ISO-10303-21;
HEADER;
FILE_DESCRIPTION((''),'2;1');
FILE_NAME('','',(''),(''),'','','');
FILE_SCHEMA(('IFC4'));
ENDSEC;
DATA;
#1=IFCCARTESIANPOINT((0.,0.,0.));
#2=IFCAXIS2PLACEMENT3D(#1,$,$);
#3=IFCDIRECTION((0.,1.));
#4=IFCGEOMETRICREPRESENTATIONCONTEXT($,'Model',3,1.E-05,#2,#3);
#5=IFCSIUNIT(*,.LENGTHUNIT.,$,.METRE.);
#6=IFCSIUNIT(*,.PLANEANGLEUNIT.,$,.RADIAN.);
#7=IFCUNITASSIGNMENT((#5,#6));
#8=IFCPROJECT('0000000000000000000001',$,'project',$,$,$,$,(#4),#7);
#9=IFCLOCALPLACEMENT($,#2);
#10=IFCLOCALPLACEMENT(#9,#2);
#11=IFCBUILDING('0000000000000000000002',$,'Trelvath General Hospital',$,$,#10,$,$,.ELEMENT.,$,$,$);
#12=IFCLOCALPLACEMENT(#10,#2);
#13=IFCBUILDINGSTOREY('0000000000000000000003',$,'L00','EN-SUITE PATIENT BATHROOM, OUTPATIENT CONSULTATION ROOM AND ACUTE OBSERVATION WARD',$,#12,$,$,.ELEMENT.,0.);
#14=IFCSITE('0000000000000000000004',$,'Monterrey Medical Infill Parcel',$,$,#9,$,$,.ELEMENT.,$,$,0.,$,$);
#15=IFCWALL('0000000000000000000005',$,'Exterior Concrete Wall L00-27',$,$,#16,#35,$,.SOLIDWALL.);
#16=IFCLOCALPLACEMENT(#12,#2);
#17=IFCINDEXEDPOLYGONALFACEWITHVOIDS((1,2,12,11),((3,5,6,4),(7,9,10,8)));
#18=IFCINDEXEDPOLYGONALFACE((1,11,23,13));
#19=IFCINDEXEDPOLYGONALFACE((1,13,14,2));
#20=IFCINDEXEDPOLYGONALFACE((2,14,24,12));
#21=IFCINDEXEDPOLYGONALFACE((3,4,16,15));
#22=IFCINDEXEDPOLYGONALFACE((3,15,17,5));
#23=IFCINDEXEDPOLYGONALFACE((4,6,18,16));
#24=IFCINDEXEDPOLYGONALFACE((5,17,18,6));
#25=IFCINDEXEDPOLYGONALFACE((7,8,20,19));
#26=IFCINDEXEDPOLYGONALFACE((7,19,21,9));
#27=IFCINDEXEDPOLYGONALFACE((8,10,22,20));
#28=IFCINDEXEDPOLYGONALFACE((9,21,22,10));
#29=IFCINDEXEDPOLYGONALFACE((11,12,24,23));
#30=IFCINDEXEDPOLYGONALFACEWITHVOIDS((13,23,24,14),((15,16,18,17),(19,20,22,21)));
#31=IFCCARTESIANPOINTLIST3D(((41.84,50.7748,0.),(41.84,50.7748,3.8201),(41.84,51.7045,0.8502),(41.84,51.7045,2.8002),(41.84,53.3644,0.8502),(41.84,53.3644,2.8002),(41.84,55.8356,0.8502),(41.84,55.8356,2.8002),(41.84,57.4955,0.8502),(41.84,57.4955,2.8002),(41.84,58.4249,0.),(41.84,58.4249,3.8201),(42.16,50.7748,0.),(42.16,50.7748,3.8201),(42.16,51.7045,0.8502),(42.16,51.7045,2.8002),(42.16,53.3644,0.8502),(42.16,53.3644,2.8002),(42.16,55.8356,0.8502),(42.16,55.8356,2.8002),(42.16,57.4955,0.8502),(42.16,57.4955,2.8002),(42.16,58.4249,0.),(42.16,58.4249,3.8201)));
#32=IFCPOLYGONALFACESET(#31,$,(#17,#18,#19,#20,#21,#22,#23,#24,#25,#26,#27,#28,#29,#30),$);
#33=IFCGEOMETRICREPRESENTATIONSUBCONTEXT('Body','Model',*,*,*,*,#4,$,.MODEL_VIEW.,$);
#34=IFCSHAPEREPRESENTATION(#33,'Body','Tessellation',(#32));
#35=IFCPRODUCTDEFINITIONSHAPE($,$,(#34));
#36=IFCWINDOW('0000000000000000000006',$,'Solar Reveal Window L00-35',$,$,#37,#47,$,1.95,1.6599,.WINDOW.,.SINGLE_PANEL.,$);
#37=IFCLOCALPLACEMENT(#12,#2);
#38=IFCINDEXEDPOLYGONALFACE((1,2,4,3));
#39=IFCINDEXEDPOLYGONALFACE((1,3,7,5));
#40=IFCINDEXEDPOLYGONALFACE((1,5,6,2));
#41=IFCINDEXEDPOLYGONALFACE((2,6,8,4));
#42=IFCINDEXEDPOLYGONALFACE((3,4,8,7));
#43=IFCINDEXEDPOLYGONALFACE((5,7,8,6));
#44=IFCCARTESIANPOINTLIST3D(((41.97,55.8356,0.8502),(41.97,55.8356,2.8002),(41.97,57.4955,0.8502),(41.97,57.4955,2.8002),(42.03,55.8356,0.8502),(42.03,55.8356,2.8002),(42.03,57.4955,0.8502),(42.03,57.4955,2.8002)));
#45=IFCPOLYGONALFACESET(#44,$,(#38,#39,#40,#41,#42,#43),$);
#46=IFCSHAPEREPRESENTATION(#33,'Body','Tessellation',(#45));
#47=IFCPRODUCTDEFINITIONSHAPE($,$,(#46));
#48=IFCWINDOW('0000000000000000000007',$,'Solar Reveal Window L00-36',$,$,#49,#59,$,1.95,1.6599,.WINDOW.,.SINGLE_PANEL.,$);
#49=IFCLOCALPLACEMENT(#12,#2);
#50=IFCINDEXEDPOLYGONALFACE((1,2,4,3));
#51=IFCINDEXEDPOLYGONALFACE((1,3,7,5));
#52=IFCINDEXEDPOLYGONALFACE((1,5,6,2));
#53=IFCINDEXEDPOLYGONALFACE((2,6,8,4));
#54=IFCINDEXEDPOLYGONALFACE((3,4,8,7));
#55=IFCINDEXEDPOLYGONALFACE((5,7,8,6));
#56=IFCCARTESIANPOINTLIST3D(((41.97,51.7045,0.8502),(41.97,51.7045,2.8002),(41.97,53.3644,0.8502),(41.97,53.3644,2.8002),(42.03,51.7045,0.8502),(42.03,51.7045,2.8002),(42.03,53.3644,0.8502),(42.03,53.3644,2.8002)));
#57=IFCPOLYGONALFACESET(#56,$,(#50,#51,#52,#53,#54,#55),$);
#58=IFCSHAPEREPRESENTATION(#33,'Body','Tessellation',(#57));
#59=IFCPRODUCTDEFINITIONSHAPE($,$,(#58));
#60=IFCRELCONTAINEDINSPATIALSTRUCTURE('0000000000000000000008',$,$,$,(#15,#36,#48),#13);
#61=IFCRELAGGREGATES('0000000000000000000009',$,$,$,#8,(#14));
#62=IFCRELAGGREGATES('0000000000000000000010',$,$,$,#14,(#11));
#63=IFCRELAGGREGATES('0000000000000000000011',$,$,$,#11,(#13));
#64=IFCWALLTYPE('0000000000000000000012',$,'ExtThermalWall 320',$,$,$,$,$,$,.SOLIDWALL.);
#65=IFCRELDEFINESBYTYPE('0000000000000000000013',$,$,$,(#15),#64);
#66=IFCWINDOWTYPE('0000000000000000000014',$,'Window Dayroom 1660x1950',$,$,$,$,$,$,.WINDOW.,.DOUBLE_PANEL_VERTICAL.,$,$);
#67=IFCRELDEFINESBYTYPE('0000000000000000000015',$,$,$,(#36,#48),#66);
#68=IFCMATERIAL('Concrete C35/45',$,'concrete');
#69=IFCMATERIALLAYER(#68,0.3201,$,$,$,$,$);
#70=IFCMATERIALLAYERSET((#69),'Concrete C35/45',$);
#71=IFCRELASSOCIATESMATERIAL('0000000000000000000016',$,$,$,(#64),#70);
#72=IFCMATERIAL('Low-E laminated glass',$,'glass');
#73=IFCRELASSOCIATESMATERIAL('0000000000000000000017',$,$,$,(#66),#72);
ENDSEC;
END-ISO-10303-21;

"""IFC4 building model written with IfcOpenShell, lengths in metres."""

from ifc_helpers import new_model, si_unit, direction, frame, frame_2d, origin, place, context, subcontext, project, spatial, rectangle, extrude, material, layer, layer_set, type_object, element, fill, save


model = new_model("IFC4")

# Units and contexts
model_context = context("Model", 3, precision=1e-05, world=origin(), true_north=direction((0.0, 1.0)))
body_context = subcontext(model_context, "Body", "Model", "MODEL_VIEW")
ifc_project = project(units=[si_unit("LENGTHUNIT", "METRE"), si_unit("PLANEANGLEUNIT", "RADIAN")], contexts=[model_context])

# Site, building, storey
site_placement = place(None, origin())
site = spatial("IfcSite", under=ifc_project, at=site_placement, Name="Monterrey Medical Infill Parcel", CompositionType="ELEMENT", RefElevation=0.0)
building_placement = place(site_placement, origin())
building = spatial("IfcBuilding", under=site, at=building_placement, Name="Trelvath General Hospital", CompositionType="ELEMENT")
storey_placement = place(building_placement, origin())
storey = spatial("IfcBuildingStorey", under=building, at=storey_placement, Name="L00", Description="EN-SUITE PATIENT BATHROOM, OUTPATIENT CONSULTATION ROOM AND ACUTE OBSERVATION WARD", CompositionType="ELEMENT", Elevation=0.0)

# Wall, openings, windows
ifc_material_1 = material(Name="Concrete C35/45", Category="concrete")
ifc_layer_1 = layer(ifc_material_1, 0.3201)
ifc_layer_set_1 = layer_set([ifc_layer_1], Name="Concrete C35/45")
wall_type_1 = type_object("IfcWallType", Name="ExtThermalWall 320", PredefinedType="SOLIDWALL", material=ifc_layer_set_1)
wall_1_placement = place(storey_placement, frame((42.0, 58.425, 0.0), z_axis=(0.0, 0.0, 1.0), x_axis=(0.0, -1.0, 0.0)))
wall_1 = element("IfcWall", 1, at=wall_1_placement, inside=storey, type_object=wall_type_1, Name="Exterior Concrete Wall L00-27", PredefinedType="SOLIDWALL", context=body_context, shape_type="SweptSolid", body=[
    extrude(rectangle(XDim=7.6501, YDim=0.3201, at=frame_2d((3.8252, 0.0))), origin(), (0.0, 0.0, 1.0), 3.8201),
])
opening_1_placement = place(wall_1_placement, frame((0.9294, 0.0, 0.8501)))
opening_1 = element("IfcOpeningElement", 2, at=opening_1_placement, cuts=wall_1, PredefinedType="OPENING", context=body_context, shape_type="SweptSolid", body=[
    extrude(rectangle(XDim=1.6599, YDim=1.95, at=frame_2d((0.8301, 0.9751))), frame((0.0, 0.1699, 0.0), z_axis=(0.0, -1.0, 0.0), x_axis=(1.0, 0.0, 0.0)), (0.0, 0.0, 1.0), 0.3401),
])
opening_2_placement = place(wall_1_placement, frame((5.0605, 0.0, 0.8501)))
opening_2 = element("IfcOpeningElement", 3, at=opening_2_placement, cuts=wall_1, PredefinedType="OPENING", context=body_context, shape_type="SweptSolid", body=[
    extrude(rectangle(XDim=1.6599, YDim=1.95, at=frame_2d((0.8301, 0.9751))), frame((0.0, 0.1699, 0.0), z_axis=(0.0, -1.0, 0.0), x_axis=(1.0, 0.0, 0.0)), (0.0, 0.0, 1.0), 0.3401),
])
ifc_material_2 = material(Name="Low-E laminated glass", Category="glass")
window_type_1 = type_object("IfcWindowType", Name="Window Dayroom 1660x1950", PartitioningType="DOUBLE_PANEL_VERTICAL", PredefinedType="WINDOW", material=ifc_material_2)
window_1_placement = place(opening_1_placement, origin())
window_1 = element("IfcWindow", 4, at=window_1_placement, inside=storey, type_object=window_type_1, Name="Solar Reveal Window L00-35", OverallHeight=1.95, OverallWidth=1.6599, PartitioningType="SINGLE_PANEL", PredefinedType="WINDOW", context=body_context, shape_type="SweptSolid", body=[
    extrude(rectangle(XDim=1.6599, YDim=1.95, at=frame_2d((0.8301, 0.9751))), frame((0.0, 0.03, 0.0), z_axis=(0.0, -1.0, 0.0), x_axis=(1.0, 0.0, 0.0)), (0.0, 0.0, 1.0), 0.0601),
])
fill(opening_1, window_1)
window_2_placement = place(opening_2_placement, origin())
window_2 = element("IfcWindow", 5, at=window_2_placement, inside=storey, type_object=window_type_1, Name="Solar Reveal Window L00-36", OverallHeight=1.95, OverallWidth=1.6599, PartitioningType="SINGLE_PANEL", PredefinedType="WINDOW", context=body_context, shape_type="SweptSolid", body=[
    extrude(rectangle(XDim=1.6599, YDim=1.95, at=frame_2d((0.8301, 0.9751))), frame((0.0, 0.03, 0.0), z_axis=(0.0, -1.0, 0.0), x_axis=(1.0, 0.0, 0.0)), (0.0, 0.0, 1.0), 0.0601),
])
fill(opening_2, window_2)

save(model, "model.ifc")
